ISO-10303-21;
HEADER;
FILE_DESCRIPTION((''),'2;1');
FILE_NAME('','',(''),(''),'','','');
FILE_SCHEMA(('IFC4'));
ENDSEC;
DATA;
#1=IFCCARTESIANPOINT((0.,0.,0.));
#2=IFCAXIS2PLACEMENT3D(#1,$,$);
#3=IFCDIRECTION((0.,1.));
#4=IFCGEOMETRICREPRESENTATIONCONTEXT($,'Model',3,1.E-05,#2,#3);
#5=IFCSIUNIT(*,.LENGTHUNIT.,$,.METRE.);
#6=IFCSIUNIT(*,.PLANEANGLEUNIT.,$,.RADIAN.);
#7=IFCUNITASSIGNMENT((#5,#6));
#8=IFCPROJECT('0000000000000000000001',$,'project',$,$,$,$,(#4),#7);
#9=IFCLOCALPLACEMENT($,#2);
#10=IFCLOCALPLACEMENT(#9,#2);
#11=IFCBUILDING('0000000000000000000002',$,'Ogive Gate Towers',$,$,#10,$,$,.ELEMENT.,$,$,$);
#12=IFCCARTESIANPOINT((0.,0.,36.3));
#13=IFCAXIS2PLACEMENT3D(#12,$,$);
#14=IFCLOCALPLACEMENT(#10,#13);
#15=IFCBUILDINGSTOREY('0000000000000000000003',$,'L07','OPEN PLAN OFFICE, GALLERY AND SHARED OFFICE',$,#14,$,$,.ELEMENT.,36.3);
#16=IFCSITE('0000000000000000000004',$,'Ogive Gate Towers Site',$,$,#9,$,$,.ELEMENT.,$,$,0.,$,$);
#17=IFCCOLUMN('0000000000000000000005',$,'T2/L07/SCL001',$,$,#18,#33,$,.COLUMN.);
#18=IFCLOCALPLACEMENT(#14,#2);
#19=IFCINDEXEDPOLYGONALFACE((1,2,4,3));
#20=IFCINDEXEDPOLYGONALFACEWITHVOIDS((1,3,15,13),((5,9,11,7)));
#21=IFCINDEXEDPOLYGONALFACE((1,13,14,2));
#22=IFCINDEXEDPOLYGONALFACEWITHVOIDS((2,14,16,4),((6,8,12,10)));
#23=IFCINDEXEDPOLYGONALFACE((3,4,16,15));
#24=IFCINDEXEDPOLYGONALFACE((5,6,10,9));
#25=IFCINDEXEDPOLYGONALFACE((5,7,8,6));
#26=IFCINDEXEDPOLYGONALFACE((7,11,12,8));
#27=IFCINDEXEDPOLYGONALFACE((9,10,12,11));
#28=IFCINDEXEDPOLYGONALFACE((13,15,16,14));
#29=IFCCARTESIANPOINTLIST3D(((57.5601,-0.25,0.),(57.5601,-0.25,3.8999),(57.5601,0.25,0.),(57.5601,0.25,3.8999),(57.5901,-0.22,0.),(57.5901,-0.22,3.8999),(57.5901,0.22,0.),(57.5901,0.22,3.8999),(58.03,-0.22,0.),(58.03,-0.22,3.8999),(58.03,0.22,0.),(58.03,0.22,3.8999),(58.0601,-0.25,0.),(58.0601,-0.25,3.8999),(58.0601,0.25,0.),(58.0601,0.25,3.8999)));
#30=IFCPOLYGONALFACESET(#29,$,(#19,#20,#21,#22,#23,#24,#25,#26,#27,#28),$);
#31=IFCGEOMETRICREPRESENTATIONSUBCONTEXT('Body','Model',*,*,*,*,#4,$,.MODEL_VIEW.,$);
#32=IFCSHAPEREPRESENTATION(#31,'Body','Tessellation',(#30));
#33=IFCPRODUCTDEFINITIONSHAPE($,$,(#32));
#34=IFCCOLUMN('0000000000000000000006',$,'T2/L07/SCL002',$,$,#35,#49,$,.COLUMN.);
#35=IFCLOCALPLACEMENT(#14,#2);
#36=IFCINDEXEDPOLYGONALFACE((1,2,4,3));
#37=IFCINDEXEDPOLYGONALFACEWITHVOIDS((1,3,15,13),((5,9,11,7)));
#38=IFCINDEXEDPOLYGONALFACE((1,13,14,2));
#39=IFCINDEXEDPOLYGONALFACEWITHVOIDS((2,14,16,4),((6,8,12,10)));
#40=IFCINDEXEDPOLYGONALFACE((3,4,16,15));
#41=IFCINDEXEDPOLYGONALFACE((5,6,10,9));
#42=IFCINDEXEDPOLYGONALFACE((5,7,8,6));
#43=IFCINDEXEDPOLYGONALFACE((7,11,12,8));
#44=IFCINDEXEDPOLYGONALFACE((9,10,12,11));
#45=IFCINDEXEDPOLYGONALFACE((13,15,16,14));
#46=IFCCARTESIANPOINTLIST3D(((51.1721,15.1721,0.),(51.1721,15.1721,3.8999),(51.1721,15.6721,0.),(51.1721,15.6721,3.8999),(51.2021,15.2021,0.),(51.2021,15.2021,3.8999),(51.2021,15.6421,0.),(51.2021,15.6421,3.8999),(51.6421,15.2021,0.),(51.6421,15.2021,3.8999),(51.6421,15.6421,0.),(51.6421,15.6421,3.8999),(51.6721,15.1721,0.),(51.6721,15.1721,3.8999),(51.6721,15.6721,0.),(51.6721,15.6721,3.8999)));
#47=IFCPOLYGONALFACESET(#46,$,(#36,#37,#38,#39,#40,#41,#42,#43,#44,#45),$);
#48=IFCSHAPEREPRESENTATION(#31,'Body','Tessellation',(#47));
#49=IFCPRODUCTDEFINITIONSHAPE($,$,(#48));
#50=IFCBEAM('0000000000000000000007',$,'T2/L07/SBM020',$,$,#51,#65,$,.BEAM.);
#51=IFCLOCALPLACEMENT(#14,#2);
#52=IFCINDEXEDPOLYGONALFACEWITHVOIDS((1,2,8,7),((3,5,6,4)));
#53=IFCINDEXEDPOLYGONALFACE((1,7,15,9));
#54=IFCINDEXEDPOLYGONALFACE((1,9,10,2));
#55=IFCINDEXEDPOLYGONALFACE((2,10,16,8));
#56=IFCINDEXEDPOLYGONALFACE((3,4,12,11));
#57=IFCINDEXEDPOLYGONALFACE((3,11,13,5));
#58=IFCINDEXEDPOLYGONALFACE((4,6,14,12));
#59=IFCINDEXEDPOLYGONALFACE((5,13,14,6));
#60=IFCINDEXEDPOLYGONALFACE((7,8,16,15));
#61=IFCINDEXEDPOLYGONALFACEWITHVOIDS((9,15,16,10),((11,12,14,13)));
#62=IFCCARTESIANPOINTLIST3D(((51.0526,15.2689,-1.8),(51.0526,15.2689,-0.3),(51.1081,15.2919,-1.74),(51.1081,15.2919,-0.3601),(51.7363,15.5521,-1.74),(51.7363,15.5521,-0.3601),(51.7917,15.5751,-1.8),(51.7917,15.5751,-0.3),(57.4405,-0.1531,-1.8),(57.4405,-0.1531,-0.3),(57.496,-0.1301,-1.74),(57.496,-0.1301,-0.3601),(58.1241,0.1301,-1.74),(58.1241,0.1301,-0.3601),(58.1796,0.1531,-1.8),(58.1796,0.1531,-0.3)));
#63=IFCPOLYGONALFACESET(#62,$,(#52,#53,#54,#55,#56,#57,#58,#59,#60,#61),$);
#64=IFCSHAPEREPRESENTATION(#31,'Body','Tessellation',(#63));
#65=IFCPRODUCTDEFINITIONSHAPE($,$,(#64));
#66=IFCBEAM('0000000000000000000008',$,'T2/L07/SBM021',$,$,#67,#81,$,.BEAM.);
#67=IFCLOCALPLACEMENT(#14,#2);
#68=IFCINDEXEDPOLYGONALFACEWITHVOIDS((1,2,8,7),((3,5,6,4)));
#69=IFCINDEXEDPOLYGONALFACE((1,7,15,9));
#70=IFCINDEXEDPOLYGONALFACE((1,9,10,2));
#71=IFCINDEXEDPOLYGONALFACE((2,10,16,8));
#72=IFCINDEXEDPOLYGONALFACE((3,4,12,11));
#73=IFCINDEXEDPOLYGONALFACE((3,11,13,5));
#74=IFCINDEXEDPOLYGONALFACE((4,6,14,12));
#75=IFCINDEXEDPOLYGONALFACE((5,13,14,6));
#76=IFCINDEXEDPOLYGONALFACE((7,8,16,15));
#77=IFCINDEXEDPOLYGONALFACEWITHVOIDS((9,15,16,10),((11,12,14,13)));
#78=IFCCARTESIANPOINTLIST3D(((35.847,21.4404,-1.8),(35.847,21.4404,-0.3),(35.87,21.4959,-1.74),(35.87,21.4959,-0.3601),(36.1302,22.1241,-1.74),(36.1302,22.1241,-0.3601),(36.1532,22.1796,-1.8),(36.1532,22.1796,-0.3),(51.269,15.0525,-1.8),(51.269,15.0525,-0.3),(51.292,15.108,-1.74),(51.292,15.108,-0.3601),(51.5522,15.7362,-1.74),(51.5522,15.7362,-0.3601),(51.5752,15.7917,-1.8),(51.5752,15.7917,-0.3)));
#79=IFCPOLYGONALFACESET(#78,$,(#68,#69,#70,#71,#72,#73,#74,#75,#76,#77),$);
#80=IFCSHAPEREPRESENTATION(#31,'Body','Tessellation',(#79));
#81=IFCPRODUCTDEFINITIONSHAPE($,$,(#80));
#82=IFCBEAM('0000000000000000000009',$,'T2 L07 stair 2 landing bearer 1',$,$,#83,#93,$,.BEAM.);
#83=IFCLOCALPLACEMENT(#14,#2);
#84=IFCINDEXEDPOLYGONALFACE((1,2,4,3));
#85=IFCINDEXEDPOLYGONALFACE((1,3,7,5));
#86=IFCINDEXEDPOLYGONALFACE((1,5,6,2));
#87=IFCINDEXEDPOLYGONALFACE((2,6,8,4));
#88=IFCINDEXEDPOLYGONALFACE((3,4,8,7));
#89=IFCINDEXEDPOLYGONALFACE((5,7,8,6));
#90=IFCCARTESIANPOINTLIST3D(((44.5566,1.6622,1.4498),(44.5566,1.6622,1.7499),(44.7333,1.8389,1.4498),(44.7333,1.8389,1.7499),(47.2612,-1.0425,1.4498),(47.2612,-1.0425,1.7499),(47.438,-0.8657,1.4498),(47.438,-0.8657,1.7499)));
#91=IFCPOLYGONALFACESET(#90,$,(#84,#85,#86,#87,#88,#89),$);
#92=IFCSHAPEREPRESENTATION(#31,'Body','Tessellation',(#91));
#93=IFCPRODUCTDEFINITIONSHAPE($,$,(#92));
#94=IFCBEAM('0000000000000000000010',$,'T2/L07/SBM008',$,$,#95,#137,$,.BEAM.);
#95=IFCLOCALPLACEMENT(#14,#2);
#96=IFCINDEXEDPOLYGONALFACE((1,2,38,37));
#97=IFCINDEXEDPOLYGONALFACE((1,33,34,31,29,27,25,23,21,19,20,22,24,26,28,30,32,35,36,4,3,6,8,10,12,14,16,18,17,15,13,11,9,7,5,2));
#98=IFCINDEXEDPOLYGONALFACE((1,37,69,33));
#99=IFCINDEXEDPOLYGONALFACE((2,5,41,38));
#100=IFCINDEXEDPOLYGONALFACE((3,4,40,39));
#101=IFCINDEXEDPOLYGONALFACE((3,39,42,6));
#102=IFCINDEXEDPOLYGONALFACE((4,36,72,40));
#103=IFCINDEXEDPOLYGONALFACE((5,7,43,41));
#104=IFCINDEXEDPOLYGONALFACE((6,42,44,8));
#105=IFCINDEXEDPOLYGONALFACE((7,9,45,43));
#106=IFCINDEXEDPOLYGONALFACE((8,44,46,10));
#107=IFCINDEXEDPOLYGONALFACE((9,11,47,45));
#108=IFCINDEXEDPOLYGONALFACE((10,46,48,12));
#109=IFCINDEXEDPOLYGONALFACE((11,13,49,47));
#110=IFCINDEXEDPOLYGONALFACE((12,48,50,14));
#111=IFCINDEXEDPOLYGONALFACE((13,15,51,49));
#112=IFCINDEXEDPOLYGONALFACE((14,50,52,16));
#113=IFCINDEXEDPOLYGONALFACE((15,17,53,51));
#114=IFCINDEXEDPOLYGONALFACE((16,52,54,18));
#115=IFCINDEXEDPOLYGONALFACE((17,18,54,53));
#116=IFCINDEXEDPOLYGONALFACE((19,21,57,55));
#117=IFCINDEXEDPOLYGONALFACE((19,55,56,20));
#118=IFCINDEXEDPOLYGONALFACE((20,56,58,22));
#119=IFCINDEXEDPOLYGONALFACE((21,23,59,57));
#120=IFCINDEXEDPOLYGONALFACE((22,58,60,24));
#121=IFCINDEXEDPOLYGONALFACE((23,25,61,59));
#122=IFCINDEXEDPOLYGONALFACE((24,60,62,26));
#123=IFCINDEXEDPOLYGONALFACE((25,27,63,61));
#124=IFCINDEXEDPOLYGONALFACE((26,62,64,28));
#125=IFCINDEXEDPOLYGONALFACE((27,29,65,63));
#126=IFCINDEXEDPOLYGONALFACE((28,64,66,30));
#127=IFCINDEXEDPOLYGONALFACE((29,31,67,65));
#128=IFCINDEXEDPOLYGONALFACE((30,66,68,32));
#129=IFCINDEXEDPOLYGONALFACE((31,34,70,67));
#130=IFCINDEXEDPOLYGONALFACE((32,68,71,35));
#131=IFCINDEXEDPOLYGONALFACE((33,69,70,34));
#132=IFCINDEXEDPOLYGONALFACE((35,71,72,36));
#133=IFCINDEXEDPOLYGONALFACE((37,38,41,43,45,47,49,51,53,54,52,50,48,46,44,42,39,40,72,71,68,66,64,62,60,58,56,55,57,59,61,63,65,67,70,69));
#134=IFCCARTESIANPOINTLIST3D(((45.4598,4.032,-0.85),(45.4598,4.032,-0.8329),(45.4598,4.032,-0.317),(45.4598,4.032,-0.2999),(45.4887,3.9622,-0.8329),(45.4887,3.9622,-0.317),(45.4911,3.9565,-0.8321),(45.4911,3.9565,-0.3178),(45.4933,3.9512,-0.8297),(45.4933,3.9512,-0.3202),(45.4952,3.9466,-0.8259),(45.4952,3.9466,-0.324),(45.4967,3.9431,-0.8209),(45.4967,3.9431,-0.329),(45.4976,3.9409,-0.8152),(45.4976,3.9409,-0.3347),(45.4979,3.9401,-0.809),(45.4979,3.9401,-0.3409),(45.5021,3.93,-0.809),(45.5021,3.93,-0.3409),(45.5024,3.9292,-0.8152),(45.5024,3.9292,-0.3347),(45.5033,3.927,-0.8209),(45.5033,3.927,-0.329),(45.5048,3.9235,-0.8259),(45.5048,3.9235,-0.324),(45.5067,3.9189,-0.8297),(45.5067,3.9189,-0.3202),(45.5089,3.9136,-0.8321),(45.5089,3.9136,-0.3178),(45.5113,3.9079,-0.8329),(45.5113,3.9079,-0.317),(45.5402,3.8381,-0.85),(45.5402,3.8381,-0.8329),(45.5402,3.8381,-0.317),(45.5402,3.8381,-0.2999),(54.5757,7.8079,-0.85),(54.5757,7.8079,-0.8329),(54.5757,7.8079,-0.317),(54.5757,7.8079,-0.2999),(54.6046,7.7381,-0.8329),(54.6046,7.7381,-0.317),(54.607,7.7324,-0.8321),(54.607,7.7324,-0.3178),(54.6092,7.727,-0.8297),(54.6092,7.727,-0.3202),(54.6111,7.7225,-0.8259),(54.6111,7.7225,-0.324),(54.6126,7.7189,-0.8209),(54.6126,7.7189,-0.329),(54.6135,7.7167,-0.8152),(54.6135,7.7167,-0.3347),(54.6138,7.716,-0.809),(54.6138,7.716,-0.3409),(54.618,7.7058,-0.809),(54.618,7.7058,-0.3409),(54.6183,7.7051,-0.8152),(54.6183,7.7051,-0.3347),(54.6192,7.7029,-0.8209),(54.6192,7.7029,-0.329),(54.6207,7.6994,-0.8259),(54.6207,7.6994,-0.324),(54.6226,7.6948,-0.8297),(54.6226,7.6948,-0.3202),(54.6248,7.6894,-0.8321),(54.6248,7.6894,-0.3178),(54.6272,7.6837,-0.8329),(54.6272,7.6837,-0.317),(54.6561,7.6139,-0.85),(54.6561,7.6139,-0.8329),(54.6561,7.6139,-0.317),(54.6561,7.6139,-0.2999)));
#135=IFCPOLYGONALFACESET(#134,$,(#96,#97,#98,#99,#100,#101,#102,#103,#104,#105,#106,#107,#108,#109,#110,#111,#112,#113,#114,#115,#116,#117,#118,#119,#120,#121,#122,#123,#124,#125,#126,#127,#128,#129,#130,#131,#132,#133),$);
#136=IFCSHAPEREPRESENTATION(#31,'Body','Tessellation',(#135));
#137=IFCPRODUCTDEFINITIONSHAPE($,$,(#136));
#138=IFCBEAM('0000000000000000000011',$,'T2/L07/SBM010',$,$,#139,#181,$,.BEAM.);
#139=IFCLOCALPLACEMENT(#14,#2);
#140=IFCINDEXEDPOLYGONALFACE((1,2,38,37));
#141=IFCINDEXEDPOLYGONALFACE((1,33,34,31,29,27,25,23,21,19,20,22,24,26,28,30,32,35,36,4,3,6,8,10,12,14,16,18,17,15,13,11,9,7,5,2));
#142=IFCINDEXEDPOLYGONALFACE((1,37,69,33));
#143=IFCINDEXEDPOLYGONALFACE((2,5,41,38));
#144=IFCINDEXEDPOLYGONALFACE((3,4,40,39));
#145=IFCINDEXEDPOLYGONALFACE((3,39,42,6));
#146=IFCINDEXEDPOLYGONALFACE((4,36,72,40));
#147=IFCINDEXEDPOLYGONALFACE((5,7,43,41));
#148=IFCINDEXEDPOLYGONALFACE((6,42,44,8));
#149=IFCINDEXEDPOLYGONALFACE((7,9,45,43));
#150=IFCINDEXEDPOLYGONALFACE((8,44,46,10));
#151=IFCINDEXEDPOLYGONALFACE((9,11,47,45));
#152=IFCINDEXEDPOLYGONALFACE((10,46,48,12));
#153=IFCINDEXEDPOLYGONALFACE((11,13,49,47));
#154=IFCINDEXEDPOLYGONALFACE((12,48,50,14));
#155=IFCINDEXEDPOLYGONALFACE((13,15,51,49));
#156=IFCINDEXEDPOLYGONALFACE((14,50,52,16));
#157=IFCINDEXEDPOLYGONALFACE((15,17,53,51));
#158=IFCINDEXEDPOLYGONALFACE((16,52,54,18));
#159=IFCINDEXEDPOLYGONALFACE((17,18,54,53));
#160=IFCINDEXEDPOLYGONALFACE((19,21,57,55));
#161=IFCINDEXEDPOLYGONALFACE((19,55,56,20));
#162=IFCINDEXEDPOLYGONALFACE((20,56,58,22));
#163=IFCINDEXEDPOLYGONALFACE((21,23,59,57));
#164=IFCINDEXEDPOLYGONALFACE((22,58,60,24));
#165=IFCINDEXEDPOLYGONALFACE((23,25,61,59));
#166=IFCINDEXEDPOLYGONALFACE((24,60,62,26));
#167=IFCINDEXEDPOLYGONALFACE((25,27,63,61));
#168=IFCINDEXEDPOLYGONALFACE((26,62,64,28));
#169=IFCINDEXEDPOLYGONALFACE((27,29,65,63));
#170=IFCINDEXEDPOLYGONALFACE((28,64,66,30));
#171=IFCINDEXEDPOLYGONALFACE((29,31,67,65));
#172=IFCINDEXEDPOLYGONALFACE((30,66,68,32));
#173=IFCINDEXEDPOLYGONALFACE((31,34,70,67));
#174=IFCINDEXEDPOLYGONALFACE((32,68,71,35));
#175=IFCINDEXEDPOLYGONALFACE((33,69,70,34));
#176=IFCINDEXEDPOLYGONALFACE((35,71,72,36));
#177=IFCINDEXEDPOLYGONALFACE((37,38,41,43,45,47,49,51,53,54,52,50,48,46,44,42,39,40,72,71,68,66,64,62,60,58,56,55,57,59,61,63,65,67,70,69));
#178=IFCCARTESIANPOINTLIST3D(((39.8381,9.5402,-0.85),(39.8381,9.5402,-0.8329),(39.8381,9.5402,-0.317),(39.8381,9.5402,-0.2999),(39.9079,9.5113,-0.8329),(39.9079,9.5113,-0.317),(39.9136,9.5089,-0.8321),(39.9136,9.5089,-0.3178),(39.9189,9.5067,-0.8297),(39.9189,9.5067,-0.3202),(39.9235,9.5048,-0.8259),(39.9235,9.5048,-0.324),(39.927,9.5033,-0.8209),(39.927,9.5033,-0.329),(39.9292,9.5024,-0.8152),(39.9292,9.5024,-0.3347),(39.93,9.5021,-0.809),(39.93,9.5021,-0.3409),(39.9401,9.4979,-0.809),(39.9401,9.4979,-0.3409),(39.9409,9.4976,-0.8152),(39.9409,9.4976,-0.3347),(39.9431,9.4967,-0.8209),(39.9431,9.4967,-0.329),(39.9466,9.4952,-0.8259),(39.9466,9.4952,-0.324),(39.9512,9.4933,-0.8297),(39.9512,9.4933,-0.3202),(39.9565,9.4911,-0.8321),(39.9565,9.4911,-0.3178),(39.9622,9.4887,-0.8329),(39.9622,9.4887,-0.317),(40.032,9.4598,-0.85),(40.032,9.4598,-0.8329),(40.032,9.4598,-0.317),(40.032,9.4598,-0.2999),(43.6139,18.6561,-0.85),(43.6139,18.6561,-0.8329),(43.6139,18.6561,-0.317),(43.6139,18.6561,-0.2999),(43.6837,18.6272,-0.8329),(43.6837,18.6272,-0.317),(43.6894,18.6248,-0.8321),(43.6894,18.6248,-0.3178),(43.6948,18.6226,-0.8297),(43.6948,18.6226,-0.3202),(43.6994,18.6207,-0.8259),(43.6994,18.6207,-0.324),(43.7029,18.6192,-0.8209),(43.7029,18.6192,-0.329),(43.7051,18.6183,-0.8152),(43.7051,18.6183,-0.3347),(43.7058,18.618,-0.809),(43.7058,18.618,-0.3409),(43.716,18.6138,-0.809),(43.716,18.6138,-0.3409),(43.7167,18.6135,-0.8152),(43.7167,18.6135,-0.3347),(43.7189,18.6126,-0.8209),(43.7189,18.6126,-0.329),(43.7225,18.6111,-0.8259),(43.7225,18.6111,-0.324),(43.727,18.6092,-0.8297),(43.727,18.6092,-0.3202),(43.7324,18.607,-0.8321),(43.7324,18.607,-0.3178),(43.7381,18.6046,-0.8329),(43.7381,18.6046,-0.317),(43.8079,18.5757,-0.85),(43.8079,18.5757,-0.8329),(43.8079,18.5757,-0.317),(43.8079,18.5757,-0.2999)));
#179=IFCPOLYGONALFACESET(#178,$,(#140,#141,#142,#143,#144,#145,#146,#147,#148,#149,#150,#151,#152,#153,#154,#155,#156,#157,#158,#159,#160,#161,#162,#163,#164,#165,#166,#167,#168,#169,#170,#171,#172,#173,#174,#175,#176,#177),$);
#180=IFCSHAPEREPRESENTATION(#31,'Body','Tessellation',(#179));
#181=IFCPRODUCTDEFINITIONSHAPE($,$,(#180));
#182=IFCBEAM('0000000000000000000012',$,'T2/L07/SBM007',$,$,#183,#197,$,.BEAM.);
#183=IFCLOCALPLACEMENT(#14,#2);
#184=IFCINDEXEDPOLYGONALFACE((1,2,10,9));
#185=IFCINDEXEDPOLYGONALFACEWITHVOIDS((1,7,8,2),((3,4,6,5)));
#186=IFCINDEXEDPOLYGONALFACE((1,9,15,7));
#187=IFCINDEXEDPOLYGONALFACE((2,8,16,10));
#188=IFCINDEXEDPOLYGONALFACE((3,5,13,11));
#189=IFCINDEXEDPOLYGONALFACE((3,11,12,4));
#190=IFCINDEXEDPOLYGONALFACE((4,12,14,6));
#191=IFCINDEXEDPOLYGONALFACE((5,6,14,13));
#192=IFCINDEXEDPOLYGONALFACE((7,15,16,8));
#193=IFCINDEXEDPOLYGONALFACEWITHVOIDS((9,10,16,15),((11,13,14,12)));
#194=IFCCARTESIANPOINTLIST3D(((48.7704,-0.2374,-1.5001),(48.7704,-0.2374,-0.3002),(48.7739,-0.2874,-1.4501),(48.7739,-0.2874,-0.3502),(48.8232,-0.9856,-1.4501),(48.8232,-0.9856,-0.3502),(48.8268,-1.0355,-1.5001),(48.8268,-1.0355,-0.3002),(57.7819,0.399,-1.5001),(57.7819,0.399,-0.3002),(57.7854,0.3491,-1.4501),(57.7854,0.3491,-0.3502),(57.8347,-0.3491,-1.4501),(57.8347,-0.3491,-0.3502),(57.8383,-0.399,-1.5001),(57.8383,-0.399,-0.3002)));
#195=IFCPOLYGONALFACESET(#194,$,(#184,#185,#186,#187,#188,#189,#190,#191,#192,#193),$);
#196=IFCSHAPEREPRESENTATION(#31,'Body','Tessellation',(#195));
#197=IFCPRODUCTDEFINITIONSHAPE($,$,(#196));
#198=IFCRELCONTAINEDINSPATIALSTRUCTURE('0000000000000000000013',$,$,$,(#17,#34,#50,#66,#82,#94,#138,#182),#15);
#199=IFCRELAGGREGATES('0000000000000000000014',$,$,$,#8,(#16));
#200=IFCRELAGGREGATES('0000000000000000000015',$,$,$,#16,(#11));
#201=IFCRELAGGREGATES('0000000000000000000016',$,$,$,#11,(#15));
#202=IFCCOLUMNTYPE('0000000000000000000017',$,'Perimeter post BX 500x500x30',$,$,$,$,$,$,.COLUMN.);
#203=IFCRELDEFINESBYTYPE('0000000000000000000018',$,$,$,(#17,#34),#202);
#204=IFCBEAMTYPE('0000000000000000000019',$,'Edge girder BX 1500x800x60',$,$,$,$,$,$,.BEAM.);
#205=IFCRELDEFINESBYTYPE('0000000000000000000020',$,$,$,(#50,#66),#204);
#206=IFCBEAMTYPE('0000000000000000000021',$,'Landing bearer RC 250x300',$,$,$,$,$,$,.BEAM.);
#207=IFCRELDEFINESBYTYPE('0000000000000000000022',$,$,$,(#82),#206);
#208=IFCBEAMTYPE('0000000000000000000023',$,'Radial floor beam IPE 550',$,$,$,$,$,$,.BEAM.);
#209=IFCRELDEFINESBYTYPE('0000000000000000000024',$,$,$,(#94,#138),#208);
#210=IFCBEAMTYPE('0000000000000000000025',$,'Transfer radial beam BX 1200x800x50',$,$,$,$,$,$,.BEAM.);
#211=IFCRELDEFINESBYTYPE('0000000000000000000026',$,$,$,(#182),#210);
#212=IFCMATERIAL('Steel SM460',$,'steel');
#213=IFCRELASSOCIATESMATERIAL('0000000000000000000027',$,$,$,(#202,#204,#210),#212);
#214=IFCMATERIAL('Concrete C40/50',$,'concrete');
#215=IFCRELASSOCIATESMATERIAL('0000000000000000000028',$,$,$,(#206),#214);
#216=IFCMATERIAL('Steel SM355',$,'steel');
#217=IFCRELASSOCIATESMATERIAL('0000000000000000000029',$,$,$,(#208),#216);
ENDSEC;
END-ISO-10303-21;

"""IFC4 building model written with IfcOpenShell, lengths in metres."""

from ifc_helpers import new_model, si_unit, direction, frame, origin, origin_2d, place, context, subcontext, project, spatial, rectangle, hollow_rectangle, i_section, extrude, material, material_profile, profile_set, type_object, element, save


model = new_model("IFC4")

# Units and contexts
model_context = context("Model", 3, precision=1e-05, world=origin(), true_north=direction((0.0, 1.0)))
body_context = subcontext(model_context, "Body", "Model", "MODEL_VIEW")
ifc_project = project(units=[si_unit("LENGTHUNIT", "METRE"), si_unit("PLANEANGLEUNIT", "RADIAN")], contexts=[model_context])

# Site, building, storey
site_placement = place(None, origin())
site = spatial("IfcSite", under=ifc_project, at=site_placement, Name="Ogive Gate Towers Site", CompositionType="ELEMENT", RefElevation=0.0)
building_placement = place(site_placement, origin())
building = spatial("IfcBuilding", under=site, at=building_placement, Name="Ogive Gate Towers", CompositionType="ELEMENT")
storey_placement = place(building_placement, frame((0.0, 0.0, 36.3)))
storey = spatial("IfcBuildingStorey", under=building, at=storey_placement, Name="L07", Description="OPEN PLAN OFFICE, GALLERY AND SHARED OFFICE", CompositionType="ELEMENT", Elevation=36.3)

# Columns
ifc_material_1 = material(Name="Steel SM460", Category="steel")
ifc_material_profile_1 = material_profile(ifc_material_1, hollow_rectangle(XDim=0.5, YDim=0.5, WallThickness=0.03, at=origin_2d()), Name="BX 500x500x30")
ifc_profile_set_1 = profile_set([ifc_material_profile_1], Name="Steel SM460")
column_type = type_object("IfcColumnType", Name="Perimeter post BX 500x500x30", PredefinedType="COLUMN", material=ifc_profile_set_1)
for number, where, z_axis, x_axis, name in (
    (1, (57.8101, 0.0, 0.0), (0.0, 0.0, 1.0), (1.0, 0.0, 0.0), "T2/L07/SCL001"),
    (2, (51.4221, 15.4221, 0.0), (0.0, 0.0, 1.0), (1.0, 0.0, 0.0), "T2/L07/SCL002"),
):
    element("IfcColumn", number, at=place(storey_placement, frame(where, z_axis=z_axis, x_axis=x_axis)), inside=storey, type_object=column_type, Name=name, PredefinedType="COLUMN", context=body_context, shape_type="SweptSolid", body=[
        extrude(hollow_rectangle(XDim=0.5, YDim=0.5, WallThickness=0.03, at=origin_2d()), origin(), (0.0, 0.0, 1.0), 3.8999),
    ])

# Beams
ifc_material_profile_2 = material_profile(ifc_material_1, hollow_rectangle(XDim=0.8, YDim=1.5, WallThickness=0.0601, at=origin_2d()), Name="BX 1500x800x60")
ifc_profile_set_2 = profile_set([ifc_material_profile_2], Name="Steel SM460")
beam_type_1 = type_object("IfcBeamType", Name="Edge girder BX 1500x800x60", PredefinedType="BEAM", material=ifc_profile_set_2)
for number, where, z_axis, x_axis, name in (
    (3, (57.8101, 0.0, -1.05), (-0.382678, 0.923882, 0.0), (-0.923882, -0.382678, 0.0), "T2/L07/SBM020"),
    (4, (51.4221, 15.4221, -1.05), (-0.923882, 0.382678, 0.0), (-0.382678, -0.923882, 0.0), "T2/L07/SBM021"),
):
    element("IfcBeam", number, at=place(storey_placement, frame(where, z_axis=z_axis, x_axis=x_axis)), inside=storey, type_object=beam_type_1, Name=name, PredefinedType="BEAM", context=body_context, shape_type="SweptSolid", body=[
        extrude(hollow_rectangle(XDim=0.8, YDim=1.5, WallThickness=0.0601, at=origin_2d()), origin(), (0.0, 0.0, 1.0), 16.6926),
    ])
ifc_material_2 = material(Name="Concrete C40/50", Category="concrete")
ifc_material_profile_3 = material_profile(ifc_material_2, rectangle(XDim=0.25, YDim=0.3, at=origin_2d()), Name="RC 250x300")
ifc_profile_set_3 = profile_set([ifc_material_profile_3], Name="Concrete C40/50")
beam_type_2 = type_object("IfcBeamType", Name="Landing bearer RC 250x300", PredefinedType="BEAM", material=ifc_profile_set_3)
beam_1_placement = place(storey_placement, frame((47.3496, -0.9541, 1.5999), z_axis=(-0.707107, 0.707107, 0.0), x_axis=(-0.707107, -0.707107, 0.0)))
element("IfcBeam", 5, at=beam_1_placement, inside=storey, type_object=beam_type_2, Name="T2 L07 stair 2 landing bearer 1", PredefinedType="BEAM", context=body_context, shape_type="SweptSolid", body=[
    extrude(rectangle(XDim=0.25, YDim=0.3, at=origin_2d()), origin(), (0.0, 0.0, 1.0), 3.825),
])
ifc_material_3 = material(Name="Steel SM355", Category="steel")
ifc_material_profile_4 = material_profile(ifc_material_3, i_section(OverallWidth=0.21, OverallDepth=0.55, WebThickness=0.011, FlangeThickness=0.0171, FilletRadius=0.0239, at=origin_2d()), Name="IPE 550")
ifc_profile_set_4 = profile_set([ifc_material_profile_4], Name="Steel SM355")
beam_type_3 = type_object("IfcBeamType", Name="Radial floor beam IPE 550", PredefinedType="BEAM", material=ifc_profile_set_4)
for number, where, z_axis, x_axis, name in (
    (6, (45.5, 3.9351, -0.575), (0.923882, 0.382677, 0.0), (-0.382677, 0.923882, 0.0), "T2/L07/SBM008"),
    (7, (39.9351, 9.5, -0.575), (0.382677, 0.923882, 0.0), (-0.923882, 0.382677, 0.0), "T2/L07/SBM010"),
):
    element("IfcBeam", number, at=place(storey_placement, frame(where, z_axis=z_axis, x_axis=x_axis)), inside=storey, type_object=beam_type_3, Name=name, PredefinedType="BEAM", context=body_context, shape_type="SweptSolid", body=[
        extrude(i_section(OverallWidth=0.21, OverallDepth=0.55, WebThickness=0.011, FlangeThickness=0.0171, FilletRadius=0.0239, at=origin_2d()), origin(), (0.0, 0.0, 1.0), 9.8669),
    ])
ifc_material_profile_5 = material_profile(ifc_material_1, hollow_rectangle(XDim=0.8, YDim=1.2, WallThickness=0.05, at=origin_2d()), Name="BX 1200x800x50")
ifc_profile_set_5 = profile_set([ifc_material_profile_5], Name="Steel SM460")
beam_type_4 = type_object("IfcBeamType", Name="Transfer radial beam BX 1200x800x50", PredefinedType="BEAM", material=ifc_profile_set_5)
beam_2_placement = place(storey_placement, frame((48.7986, -0.6365, -0.9001), z_axis=(0.997515, 0.070454, 0.0), x_axis=(-0.070454, 0.997515, 0.0)))
element("IfcBeam", 8, at=beam_2_placement, inside=storey, type_object=beam_type_4, Name="T2/L07/SBM007", PredefinedType="BEAM", context=body_context, shape_type="SweptSolid", body=[
    extrude(hollow_rectangle(XDim=0.8, YDim=1.2, WallThickness=0.05, at=origin_2d()), origin(), (0.0, 0.0, 1.0), 9.0339),
])

save(model, "model.ifc")
